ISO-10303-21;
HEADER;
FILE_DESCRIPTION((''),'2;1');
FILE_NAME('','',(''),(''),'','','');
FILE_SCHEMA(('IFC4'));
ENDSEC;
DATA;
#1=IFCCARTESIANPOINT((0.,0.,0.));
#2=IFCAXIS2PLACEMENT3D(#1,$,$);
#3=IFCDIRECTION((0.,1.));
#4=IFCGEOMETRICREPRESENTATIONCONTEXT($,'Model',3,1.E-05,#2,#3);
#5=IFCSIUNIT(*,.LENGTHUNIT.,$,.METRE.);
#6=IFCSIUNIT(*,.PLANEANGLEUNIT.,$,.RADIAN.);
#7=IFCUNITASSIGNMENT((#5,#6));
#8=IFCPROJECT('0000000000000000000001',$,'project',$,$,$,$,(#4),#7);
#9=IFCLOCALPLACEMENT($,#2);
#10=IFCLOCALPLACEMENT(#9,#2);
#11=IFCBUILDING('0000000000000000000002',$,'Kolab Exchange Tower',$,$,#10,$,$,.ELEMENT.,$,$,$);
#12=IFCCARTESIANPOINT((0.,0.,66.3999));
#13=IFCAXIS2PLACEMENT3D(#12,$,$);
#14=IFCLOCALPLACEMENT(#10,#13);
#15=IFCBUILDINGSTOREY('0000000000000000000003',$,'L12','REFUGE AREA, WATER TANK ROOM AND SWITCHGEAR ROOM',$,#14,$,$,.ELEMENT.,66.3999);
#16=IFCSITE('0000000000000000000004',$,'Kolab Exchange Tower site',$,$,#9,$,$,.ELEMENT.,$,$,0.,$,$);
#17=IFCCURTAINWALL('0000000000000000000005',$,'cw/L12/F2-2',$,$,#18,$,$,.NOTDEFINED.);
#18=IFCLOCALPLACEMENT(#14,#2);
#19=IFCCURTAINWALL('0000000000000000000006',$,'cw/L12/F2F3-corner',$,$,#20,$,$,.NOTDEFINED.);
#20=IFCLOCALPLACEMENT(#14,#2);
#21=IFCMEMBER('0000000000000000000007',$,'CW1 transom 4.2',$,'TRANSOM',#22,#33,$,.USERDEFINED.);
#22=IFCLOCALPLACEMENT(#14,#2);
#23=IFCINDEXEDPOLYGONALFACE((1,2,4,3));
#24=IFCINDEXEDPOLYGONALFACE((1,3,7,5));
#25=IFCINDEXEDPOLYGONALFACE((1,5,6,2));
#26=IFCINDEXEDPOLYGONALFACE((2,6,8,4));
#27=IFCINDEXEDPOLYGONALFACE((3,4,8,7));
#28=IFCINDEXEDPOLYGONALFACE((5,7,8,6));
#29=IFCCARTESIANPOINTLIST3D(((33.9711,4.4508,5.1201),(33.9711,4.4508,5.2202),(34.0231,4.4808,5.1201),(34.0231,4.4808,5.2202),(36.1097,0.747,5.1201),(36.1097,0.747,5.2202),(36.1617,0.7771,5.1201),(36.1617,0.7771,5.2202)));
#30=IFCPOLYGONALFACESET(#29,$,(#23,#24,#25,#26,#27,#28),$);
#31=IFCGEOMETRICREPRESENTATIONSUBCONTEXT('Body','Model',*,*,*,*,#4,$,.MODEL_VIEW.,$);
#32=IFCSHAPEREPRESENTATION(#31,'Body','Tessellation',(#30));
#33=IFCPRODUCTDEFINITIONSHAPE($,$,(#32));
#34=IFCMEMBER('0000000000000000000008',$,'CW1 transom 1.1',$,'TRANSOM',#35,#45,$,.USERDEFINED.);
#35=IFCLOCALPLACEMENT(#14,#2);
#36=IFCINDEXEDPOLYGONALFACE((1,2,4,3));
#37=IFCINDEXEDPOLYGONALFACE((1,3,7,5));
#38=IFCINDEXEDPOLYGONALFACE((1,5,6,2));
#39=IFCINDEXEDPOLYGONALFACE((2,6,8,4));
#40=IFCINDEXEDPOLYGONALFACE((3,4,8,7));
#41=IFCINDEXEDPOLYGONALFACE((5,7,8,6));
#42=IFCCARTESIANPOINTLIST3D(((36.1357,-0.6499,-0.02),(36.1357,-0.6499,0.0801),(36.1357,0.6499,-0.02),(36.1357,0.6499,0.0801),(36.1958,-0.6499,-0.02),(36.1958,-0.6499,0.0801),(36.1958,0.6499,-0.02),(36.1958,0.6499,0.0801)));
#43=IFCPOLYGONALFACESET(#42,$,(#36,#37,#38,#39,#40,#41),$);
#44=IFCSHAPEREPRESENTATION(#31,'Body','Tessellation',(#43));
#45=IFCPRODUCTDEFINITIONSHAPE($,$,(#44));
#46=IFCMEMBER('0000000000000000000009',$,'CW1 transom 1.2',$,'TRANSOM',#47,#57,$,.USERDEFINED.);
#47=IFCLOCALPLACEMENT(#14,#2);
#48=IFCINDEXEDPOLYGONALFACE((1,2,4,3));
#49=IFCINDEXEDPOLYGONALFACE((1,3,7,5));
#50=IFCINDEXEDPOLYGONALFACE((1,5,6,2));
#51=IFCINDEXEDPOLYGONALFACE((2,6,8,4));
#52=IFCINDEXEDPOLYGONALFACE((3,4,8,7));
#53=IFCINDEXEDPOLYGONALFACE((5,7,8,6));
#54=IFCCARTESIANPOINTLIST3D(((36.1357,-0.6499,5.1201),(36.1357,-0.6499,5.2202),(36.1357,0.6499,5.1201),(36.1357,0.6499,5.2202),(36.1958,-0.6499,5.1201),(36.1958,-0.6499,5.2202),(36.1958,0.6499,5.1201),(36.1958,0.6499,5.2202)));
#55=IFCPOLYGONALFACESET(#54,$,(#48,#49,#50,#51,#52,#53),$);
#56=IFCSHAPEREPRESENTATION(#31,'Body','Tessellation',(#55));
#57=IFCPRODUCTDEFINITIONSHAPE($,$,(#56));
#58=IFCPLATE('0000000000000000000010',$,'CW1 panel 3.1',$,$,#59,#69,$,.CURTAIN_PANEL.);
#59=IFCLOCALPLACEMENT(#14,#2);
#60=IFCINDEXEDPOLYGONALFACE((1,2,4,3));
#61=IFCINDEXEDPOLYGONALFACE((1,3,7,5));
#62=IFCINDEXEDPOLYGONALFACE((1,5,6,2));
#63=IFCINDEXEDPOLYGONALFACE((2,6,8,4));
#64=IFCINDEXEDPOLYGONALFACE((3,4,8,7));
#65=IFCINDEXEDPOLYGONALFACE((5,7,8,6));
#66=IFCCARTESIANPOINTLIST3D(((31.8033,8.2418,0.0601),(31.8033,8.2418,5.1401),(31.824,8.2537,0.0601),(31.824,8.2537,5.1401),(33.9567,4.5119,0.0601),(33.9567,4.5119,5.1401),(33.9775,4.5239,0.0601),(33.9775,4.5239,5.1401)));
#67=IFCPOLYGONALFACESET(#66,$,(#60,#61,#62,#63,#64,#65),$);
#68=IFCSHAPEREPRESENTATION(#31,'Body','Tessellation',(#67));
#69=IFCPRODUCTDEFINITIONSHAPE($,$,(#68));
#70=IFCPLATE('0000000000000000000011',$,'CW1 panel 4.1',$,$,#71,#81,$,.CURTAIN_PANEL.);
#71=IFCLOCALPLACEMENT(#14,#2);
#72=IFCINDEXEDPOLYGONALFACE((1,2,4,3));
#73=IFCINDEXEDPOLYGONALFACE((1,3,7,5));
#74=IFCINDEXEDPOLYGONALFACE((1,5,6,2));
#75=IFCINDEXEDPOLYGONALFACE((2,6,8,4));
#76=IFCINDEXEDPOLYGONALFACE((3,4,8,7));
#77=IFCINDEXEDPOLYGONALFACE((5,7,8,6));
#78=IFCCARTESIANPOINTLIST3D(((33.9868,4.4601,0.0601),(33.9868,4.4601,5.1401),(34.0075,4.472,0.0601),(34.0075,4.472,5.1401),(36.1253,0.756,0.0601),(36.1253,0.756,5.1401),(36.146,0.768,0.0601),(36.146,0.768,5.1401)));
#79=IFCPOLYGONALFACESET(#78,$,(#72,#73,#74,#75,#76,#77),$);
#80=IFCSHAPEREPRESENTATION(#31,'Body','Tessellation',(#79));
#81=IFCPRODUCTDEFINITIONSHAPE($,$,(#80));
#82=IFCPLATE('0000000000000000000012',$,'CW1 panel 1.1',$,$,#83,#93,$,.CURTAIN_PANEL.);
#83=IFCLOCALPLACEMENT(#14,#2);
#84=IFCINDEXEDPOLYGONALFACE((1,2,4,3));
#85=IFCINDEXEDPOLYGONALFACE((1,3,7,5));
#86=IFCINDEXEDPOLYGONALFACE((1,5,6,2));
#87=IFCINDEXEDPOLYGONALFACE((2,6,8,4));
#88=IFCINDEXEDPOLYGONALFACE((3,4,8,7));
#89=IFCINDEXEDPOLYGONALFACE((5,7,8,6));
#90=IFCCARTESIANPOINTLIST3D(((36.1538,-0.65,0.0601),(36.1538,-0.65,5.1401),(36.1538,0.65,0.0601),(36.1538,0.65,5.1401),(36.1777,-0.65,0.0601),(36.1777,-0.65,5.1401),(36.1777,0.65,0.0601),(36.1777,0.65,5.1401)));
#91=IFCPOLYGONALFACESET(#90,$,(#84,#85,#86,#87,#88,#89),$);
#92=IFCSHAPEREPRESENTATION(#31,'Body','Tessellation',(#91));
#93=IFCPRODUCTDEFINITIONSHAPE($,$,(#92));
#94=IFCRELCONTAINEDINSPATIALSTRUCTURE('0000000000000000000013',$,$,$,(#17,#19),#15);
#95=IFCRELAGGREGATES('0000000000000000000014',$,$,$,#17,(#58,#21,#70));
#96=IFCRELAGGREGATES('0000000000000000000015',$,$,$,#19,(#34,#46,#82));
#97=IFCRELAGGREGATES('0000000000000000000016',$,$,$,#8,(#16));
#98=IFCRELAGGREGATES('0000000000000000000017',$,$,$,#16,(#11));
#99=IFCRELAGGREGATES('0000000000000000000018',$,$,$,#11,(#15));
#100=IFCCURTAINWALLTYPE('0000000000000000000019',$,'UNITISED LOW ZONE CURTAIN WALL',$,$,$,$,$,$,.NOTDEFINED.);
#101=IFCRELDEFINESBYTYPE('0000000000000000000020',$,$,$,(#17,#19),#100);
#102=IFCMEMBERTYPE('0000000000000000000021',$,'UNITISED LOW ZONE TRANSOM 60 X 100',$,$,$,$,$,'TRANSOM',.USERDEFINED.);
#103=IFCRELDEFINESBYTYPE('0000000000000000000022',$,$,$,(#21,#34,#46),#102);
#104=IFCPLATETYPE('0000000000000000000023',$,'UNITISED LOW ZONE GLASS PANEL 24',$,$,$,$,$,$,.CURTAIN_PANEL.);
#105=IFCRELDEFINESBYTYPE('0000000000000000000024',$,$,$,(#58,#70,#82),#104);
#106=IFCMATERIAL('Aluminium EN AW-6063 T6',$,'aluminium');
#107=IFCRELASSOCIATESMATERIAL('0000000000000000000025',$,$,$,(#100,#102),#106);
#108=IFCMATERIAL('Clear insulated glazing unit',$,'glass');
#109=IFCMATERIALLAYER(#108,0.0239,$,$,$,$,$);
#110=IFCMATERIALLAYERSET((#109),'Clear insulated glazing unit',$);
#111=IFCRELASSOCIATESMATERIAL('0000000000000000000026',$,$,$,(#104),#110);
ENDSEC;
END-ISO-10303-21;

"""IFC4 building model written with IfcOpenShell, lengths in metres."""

from ifc_helpers import new_model, si_unit, direction, frame, origin, origin_2d, place, context, subcontext, project, spatial, rectangle, extrude, material, layer, layer_set, material_profile, profile_set, type_object, element, aggregate, save


model = new_model("IFC4")

# Units and contexts
model_context = context("Model", 3, precision=1e-05, world=origin(), true_north=direction((0.0, 1.0)))
body_context = subcontext(model_context, "Body", "Model", "MODEL_VIEW")
ifc_project = project(units=[si_unit("LENGTHUNIT", "METRE"), si_unit("PLANEANGLEUNIT", "RADIAN")], contexts=[model_context])

# Site, building, storey
site_placement = place(None, origin())
site = spatial("IfcSite", under=ifc_project, at=site_placement, Name="Kolab Exchange Tower site", CompositionType="ELEMENT", RefElevation=0.0)
building_placement = place(site_placement, origin())
building = spatial("IfcBuilding", under=site, at=building_placement, Name="Kolab Exchange Tower", CompositionType="ELEMENT")
storey_placement = place(building_placement, frame((0.0, 0.0, 66.3999)))
storey = spatial("IfcBuildingStorey", under=building, at=storey_placement, Name="L12", Description="REFUGE AREA, WATER TANK ROOM AND SWITCHGEAR ROOM", CompositionType="ELEMENT", Elevation=66.3999)

# Curtain wall
ifc_material_1 = material(Name="Aluminium EN AW-6063 T6", Category="aluminium")
curtain_wall_type = type_object("IfcCurtainWallType", Name="UNITISED LOW ZONE CURTAIN WALL", PredefinedType="NOTDEFINED", material=ifc_material_1)
curtain_wall_1_placement = place(storey_placement, origin())
curtain_wall_1 = element("IfcCurtainWall", 1, at=curtain_wall_1_placement, inside=storey, type_object=curtain_wall_type, Name="cw/L12/F2-2", PredefinedType="NOTDEFINED")

# Curtain wall
curtain_wall_2_placement = place(storey_placement, origin())
curtain_wall_2 = element("IfcCurtainWall", 2, at=curtain_wall_2_placement, inside=storey, type_object=curtain_wall_type, Name="cw/L12/F2F3-corner", PredefinedType="NOTDEFINED")

# Members
ifc_material_profile_1 = material_profile(ifc_material_1, rectangle(XDim=0.0601, YDim=0.1001, at=origin_2d()), Name="RECT 60X100")
ifc_profile_set_1 = profile_set([ifc_material_profile_1], Name="Aluminium EN AW-6063 T6")
member_type_1 = type_object("IfcMemberType", Name="UNITISED LOW ZONE TRANSOM 60 X 100", ElementType="TRANSOM", PredefinedType="USERDEFINED", material=ifc_profile_set_1)
member_1_placement = place(storey_placement, frame((33.9971, 4.4658, 5.1702), z_axis=(0.500044, -0.866, 0.0), x_axis=(0.866, 0.500044, 0.0)))
member_1 = element("IfcMember", 3, at=member_1_placement, type_object=member_type_1, Name="CW1 transom 4.2", ObjectType="TRANSOM", PredefinedType="USERDEFINED", context=body_context, shape_type="SweptSolid", body=[
    extrude(rectangle(XDim=0.0601, YDim=0.1001, at=origin_2d()), origin(), (0.0, 0.0, 1.0), 4.2769),
])
member_2_placement = place(storey_placement, frame((36.1658, 0.6499, 0.03), z_axis=(0.0, -1.0, 0.0), x_axis=(1.0, 0.0, 0.0)))
member_2 = element("IfcMember", 4, at=member_2_placement, type_object=member_type_1, Name="CW1 transom 1.1", ObjectType="TRANSOM", PredefinedType="USERDEFINED", context=body_context, shape_type="SweptSolid", body=[
    extrude(rectangle(XDim=0.0601, YDim=0.1001, at=origin_2d()), origin(), (0.0, 0.0, 1.0), 1.2998),
])
member_3_placement = place(storey_placement, frame((36.1658, 0.6499, 5.1702), z_axis=(0.0, -1.0, 0.0), x_axis=(1.0, 0.0, 0.0)))
member_3 = element("IfcMember", 5, at=member_3_placement, type_object=member_type_1, Name="CW1 transom 1.2", ObjectType="TRANSOM", PredefinedType="USERDEFINED", context=body_context, shape_type="SweptSolid", body=[
    extrude(rectangle(XDim=0.0601, YDim=0.1001, at=origin_2d()), origin(), (0.0, 0.0, 1.0), 1.2998),
])

# Plates
ifc_material_2 = material(Name="Clear insulated glazing unit", Category="glass")
ifc_layer = layer(ifc_material_2, 0.0239)
ifc_layer_set = layer_set([ifc_layer], Name="Clear insulated glazing unit")
plate_type = type_object("IfcPlateType", Name="UNITISED LOW ZONE GLASS PANEL 24", PredefinedType="CURTAIN_PANEL", material=ifc_layer_set)
plate_1_placement = place(storey_placement, frame((32.8904, 6.3828, 0.0601), z_axis=(0.0, 0.0, 1.0), x_axis=(0.5, -0.866025, 0.0)))
plate_1 = element("IfcPlate", 6, at=plate_1_placement, type_object=plate_type, Name="CW1 panel 3.1", PredefinedType="CURTAIN_PANEL", context=body_context, shape_type="SweptSolid", body=[
    extrude(rectangle(XDim=4.3069, YDim=0.0239, at=origin_2d()), origin(), (0.0, 0.0, 1.0), 5.0801),
])
plate_2_placement = place(storey_placement, frame((35.0664, 2.614, 0.0601), z_axis=(0.0, 0.0, 1.0), x_axis=(0.5, -0.866025, 0.0)))
plate_2 = element("IfcPlate", 7, at=plate_2_placement, type_object=plate_type, Name="CW1 panel 4.1", PredefinedType="CURTAIN_PANEL", context=body_context, shape_type="SweptSolid", body=[
    extrude(rectangle(XDim=4.2771, YDim=0.0239, at=origin_2d()), origin(), (0.0, 0.0, 1.0), 5.0801),
])
aggregate(curtain_wall_1, [plate_1, member_1, plate_2])
plate_3_placement = place(storey_placement, frame((36.1658, 0.0, 0.0601), z_axis=(0.0, 0.0, 1.0), x_axis=(0.0, -1.0, 0.0)))
plate_3 = element("IfcPlate", 8, at=plate_3_placement, type_object=plate_type, Name="CW1 panel 1.1", PredefinedType="CURTAIN_PANEL", context=body_context, shape_type="SweptSolid", body=[
    extrude(rectangle(XDim=1.3, YDim=0.0239, at=origin_2d()), origin(), (0.0, 0.0, 1.0), 5.0801),
])
aggregate(curtain_wall_2, [member_2, member_3, plate_3])

save(model, "model.ifc")
